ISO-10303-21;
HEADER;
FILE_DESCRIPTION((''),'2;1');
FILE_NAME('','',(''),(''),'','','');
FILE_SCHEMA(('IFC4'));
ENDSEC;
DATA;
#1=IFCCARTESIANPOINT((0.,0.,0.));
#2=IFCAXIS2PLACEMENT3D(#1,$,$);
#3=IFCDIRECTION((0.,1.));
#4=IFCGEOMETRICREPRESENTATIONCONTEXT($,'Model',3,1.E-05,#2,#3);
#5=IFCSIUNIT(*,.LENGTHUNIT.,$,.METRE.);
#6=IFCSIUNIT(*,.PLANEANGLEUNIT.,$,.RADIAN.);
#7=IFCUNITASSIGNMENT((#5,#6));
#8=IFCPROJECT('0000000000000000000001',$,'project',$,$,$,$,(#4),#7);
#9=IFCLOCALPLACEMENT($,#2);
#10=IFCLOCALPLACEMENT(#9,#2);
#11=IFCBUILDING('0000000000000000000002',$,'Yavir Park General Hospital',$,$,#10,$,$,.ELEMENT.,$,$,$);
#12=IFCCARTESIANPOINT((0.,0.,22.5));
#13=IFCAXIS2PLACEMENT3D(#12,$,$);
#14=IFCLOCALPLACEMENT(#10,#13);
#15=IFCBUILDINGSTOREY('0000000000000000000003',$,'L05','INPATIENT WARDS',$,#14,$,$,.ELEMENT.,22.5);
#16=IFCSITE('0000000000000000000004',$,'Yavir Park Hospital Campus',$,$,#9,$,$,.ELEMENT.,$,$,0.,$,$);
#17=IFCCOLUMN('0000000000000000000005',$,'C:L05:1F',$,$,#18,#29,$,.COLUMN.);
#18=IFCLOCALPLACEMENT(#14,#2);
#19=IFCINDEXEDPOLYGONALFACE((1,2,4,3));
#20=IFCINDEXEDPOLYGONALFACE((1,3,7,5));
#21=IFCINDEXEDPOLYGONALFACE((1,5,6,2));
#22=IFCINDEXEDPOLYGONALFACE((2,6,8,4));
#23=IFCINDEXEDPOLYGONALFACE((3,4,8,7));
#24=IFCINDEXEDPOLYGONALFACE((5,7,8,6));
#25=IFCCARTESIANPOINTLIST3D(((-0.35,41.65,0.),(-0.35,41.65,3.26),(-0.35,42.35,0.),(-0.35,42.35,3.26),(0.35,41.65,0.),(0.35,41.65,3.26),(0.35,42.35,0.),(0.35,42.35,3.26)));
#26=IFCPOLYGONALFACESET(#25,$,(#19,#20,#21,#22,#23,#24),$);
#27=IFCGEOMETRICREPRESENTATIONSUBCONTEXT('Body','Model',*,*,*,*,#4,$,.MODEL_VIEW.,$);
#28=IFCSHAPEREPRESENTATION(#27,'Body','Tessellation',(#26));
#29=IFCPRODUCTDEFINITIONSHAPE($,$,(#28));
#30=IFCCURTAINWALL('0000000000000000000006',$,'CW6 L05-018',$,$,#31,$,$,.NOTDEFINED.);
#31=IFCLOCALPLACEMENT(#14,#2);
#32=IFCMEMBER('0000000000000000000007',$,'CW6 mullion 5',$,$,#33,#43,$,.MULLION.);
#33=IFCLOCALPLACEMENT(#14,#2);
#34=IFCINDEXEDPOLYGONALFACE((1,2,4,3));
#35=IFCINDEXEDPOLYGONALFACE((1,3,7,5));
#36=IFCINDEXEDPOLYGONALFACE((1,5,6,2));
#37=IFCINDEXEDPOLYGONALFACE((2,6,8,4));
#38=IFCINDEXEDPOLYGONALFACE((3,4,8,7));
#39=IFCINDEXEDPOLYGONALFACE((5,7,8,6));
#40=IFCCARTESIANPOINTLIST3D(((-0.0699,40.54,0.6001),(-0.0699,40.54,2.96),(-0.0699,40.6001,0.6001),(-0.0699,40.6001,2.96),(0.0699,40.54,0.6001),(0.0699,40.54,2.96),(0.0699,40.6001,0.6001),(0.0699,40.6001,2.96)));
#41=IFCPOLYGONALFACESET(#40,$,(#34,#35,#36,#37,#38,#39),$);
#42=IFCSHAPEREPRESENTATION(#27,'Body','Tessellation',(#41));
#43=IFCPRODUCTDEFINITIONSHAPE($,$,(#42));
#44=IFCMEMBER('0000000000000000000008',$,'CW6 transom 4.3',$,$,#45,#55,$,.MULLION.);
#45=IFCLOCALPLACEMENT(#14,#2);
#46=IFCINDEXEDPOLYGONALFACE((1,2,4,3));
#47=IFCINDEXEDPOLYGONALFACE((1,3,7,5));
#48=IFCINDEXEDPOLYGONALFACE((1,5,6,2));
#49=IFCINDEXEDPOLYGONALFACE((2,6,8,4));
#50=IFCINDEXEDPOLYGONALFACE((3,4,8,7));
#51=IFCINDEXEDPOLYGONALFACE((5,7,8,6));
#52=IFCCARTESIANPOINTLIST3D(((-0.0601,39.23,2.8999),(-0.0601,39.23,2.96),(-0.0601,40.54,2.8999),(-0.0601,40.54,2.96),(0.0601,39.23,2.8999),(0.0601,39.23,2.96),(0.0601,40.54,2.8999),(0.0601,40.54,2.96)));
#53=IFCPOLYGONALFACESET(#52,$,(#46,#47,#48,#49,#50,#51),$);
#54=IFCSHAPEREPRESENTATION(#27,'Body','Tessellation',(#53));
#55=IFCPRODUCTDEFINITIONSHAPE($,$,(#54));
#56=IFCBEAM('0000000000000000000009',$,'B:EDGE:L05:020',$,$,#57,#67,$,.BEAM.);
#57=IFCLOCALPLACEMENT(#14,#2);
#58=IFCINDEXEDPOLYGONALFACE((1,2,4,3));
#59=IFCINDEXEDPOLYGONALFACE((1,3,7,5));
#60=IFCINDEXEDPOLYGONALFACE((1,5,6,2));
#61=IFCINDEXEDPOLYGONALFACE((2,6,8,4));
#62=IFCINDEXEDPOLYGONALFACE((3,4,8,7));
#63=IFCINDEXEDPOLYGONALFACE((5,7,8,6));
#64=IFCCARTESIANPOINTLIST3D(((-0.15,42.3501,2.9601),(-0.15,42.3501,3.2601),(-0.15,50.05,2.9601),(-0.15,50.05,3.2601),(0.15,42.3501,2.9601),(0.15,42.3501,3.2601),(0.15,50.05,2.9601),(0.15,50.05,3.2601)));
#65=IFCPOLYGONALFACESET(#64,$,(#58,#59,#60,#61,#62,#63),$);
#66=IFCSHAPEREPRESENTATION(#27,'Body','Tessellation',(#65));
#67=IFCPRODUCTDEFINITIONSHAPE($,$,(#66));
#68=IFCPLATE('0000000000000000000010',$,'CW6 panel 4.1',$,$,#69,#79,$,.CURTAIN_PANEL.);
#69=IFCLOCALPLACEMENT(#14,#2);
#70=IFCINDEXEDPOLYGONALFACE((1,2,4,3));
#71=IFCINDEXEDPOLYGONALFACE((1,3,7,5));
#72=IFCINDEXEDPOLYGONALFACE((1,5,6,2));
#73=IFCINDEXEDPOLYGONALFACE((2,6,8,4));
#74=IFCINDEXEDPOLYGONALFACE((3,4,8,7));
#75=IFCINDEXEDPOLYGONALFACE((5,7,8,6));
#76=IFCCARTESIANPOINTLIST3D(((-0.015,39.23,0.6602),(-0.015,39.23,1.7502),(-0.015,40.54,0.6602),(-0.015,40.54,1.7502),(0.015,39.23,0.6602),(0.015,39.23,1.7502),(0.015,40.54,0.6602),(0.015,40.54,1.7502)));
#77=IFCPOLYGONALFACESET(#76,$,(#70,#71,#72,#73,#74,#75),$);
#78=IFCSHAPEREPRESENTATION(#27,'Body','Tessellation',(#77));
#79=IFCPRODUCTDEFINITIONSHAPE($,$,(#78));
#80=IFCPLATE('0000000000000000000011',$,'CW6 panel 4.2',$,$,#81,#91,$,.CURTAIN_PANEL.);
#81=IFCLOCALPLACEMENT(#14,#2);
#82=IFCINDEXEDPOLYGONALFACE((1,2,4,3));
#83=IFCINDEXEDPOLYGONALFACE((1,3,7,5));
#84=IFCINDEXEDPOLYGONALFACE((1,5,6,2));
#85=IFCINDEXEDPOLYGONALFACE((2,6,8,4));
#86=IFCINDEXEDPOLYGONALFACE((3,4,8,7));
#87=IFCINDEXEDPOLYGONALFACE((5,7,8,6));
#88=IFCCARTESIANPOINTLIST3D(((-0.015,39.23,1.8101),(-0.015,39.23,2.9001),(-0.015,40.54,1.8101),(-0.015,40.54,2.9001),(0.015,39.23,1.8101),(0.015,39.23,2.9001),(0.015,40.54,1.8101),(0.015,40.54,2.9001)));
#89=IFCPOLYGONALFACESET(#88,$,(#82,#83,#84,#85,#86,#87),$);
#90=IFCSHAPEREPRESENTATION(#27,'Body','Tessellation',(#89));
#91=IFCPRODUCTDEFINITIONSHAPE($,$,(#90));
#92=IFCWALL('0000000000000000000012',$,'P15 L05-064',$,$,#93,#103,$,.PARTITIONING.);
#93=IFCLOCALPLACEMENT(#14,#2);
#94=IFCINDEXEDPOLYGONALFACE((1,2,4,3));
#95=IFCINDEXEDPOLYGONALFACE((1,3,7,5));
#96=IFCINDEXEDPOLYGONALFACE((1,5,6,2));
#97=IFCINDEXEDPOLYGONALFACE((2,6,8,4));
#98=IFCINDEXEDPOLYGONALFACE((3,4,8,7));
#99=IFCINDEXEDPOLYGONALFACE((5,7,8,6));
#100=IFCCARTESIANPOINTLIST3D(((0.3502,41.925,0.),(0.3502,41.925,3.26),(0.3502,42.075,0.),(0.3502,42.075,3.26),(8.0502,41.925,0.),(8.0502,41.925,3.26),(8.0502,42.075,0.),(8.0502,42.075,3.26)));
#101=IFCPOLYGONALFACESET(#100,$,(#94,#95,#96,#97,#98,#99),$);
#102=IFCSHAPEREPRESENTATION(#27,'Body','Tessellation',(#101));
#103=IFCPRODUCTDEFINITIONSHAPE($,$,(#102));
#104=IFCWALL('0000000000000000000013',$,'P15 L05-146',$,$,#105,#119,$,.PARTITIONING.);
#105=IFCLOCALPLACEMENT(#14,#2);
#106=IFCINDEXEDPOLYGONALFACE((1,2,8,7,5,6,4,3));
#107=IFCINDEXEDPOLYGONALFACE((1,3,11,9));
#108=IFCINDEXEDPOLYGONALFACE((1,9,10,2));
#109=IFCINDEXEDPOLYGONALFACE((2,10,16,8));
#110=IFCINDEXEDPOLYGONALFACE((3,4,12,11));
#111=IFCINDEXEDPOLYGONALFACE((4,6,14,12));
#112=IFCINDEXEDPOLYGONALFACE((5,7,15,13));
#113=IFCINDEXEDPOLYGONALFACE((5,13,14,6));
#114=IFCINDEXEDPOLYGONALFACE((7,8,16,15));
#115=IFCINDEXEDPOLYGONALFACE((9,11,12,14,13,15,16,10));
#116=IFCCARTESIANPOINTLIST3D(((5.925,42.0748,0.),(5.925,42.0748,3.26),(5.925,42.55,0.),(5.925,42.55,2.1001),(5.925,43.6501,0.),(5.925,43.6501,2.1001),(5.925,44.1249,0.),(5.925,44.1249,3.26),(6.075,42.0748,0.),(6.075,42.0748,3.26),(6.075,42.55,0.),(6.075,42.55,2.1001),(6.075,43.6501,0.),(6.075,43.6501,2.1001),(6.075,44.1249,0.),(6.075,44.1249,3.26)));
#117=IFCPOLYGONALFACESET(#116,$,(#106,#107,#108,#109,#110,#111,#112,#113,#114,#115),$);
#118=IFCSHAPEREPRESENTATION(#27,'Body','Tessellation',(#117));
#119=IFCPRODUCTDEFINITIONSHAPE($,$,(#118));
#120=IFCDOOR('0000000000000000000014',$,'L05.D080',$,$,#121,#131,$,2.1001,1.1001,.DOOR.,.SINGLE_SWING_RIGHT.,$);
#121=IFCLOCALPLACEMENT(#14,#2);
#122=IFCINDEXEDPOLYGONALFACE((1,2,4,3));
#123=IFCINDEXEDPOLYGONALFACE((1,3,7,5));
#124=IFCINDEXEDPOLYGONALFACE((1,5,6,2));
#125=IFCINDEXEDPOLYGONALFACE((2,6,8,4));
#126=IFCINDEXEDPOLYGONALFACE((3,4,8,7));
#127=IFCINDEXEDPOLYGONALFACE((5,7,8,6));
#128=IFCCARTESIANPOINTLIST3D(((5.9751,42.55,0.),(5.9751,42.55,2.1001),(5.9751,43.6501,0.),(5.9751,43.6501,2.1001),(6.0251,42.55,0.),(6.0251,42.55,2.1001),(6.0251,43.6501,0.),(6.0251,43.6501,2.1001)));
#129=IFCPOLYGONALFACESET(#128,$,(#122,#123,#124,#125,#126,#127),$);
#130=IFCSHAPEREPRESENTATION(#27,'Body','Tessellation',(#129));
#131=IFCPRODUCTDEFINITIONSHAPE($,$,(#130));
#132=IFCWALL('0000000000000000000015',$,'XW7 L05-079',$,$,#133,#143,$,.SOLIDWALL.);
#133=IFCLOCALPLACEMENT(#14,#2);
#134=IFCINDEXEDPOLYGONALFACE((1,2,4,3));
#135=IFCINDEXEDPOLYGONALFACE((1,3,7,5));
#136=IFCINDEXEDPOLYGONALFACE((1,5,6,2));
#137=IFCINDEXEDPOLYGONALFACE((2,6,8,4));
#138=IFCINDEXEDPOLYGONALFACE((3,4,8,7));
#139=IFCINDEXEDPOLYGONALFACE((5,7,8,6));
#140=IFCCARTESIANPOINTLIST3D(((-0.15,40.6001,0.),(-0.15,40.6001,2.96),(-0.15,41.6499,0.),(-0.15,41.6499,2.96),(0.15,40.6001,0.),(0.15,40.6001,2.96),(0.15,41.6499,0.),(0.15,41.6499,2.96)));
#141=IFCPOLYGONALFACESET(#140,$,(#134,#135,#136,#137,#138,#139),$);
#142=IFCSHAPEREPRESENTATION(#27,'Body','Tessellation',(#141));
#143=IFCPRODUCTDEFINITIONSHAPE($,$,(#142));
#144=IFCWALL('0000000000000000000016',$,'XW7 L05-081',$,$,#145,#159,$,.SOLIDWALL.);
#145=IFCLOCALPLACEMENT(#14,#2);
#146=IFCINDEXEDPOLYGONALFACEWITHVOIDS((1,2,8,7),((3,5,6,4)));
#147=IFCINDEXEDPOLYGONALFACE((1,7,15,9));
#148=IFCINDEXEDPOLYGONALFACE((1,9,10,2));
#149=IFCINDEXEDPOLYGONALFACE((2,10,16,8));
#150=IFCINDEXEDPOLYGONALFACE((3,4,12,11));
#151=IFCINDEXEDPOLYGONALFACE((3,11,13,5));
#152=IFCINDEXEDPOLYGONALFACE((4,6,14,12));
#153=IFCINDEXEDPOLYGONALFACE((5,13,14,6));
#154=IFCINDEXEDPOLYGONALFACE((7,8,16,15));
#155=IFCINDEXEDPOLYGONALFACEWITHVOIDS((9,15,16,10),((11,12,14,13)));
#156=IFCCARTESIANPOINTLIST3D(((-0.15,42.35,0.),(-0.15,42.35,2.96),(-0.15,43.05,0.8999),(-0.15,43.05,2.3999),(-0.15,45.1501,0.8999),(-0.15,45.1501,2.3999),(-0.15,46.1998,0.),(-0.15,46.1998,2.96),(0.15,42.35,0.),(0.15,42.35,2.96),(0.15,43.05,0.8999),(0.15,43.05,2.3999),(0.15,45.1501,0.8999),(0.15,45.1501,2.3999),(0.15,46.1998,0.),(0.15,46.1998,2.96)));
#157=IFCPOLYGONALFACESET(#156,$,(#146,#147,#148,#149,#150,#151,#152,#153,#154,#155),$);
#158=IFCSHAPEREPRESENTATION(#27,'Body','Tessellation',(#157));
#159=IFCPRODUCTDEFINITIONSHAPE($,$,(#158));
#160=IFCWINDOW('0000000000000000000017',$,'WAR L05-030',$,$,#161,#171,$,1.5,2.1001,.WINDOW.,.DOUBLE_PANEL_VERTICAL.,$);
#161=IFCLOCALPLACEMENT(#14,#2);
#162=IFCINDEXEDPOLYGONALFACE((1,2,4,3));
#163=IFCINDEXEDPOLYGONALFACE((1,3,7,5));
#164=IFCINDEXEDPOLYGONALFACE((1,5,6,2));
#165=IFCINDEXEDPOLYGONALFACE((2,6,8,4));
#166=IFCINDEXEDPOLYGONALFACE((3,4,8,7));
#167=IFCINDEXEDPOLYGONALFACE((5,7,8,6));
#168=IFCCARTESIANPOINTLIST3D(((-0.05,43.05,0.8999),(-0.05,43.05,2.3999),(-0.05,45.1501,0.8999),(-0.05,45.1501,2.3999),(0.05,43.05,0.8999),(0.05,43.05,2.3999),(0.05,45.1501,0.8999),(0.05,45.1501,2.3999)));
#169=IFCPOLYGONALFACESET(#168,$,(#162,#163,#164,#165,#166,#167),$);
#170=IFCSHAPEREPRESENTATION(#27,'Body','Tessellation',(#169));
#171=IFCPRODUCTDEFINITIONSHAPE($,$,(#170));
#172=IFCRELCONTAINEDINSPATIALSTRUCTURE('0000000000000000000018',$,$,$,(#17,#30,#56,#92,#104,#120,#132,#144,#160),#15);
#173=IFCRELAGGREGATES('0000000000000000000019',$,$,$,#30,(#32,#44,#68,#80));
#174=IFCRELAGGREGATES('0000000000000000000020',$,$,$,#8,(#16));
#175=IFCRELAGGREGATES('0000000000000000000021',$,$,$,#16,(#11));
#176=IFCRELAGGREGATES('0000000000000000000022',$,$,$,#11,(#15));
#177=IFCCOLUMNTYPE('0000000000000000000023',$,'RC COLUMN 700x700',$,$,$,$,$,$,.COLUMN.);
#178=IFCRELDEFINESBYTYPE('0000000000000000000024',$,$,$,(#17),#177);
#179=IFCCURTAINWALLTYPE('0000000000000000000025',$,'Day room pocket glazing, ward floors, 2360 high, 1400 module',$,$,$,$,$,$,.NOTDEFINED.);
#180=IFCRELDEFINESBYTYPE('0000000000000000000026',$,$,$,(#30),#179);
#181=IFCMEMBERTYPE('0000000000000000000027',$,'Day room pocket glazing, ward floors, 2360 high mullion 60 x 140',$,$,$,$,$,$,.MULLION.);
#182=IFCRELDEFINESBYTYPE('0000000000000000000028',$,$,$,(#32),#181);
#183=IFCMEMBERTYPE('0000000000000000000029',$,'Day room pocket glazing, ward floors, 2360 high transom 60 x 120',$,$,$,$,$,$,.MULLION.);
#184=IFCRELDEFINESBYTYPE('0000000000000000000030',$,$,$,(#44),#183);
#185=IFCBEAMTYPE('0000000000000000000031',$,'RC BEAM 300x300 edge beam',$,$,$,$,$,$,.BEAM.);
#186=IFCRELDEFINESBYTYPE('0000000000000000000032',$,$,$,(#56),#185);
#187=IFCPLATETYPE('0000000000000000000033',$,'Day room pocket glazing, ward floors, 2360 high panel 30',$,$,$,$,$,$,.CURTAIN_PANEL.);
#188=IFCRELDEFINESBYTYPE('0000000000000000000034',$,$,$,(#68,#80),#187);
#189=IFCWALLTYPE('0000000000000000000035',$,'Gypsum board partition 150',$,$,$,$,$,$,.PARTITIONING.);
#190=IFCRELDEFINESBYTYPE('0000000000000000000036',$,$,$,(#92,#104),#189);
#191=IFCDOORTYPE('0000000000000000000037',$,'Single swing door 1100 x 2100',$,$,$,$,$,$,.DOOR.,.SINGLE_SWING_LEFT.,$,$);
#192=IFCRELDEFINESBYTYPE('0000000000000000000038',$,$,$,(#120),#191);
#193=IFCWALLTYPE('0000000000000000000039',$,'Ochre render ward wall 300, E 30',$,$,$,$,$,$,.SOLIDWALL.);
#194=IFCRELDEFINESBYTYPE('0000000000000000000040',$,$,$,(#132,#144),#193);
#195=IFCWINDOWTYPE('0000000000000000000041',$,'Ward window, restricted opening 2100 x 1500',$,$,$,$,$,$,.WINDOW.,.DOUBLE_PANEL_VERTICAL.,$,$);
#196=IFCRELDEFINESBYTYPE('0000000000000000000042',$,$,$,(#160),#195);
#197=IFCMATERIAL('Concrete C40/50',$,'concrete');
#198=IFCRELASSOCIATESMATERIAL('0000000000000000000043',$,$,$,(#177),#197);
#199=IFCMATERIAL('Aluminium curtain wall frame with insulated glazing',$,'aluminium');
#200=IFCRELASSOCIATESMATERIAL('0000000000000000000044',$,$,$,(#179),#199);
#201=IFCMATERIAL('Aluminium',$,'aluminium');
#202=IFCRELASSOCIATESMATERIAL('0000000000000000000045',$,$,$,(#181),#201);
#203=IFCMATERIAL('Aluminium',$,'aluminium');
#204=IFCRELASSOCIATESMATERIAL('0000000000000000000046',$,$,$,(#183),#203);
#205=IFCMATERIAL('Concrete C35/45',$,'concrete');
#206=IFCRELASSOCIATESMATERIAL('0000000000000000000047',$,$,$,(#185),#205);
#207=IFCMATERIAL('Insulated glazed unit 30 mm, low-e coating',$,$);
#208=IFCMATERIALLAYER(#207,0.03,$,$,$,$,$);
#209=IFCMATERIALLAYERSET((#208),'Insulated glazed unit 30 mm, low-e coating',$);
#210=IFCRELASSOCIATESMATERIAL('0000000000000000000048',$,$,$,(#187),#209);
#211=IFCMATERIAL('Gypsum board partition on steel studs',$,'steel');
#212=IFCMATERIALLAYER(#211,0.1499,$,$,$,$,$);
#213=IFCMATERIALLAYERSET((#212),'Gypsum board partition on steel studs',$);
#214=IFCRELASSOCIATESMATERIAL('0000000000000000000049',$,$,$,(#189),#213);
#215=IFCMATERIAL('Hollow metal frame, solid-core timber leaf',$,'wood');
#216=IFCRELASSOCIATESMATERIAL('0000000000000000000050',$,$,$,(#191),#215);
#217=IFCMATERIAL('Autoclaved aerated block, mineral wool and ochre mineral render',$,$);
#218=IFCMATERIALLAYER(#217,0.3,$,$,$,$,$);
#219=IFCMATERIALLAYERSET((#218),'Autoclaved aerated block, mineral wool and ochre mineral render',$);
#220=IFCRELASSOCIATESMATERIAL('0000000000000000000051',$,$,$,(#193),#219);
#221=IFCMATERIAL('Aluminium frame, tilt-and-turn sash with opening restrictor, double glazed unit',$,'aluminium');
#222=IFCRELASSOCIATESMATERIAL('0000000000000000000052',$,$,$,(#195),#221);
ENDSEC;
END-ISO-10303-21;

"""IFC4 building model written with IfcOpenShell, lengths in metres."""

from ifc_helpers import new_model, si_unit, direction, frame, frame_2d, origin, origin_2d, place, context, subcontext, project, spatial, rectangle, extrude, material, layer, layer_set, material_profile, profile_set, type_object, element, fill, aggregate, save


model = new_model("IFC4")

# Units and contexts
model_context = context("Model", 3, precision=1e-05, world=origin(), true_north=direction((0.0, 1.0)))
body_context = subcontext(model_context, "Body", "Model", "MODEL_VIEW")
ifc_project = project(units=[si_unit("LENGTHUNIT", "METRE"), si_unit("PLANEANGLEUNIT", "RADIAN")], contexts=[model_context])

# Site, building, storey
site_placement = place(None, origin())
site = spatial("IfcSite", under=ifc_project, at=site_placement, Name="Yavir Park Hospital Campus", CompositionType="ELEMENT", RefElevation=0.0)
building_placement = place(site_placement, origin())
building = spatial("IfcBuilding", under=site, at=building_placement, Name="Yavir Park General Hospital", CompositionType="ELEMENT")
storey_placement = place(building_placement, frame((0.0, 0.0, 22.5)))
storey = spatial("IfcBuildingStorey", under=building, at=storey_placement, Name="L05", Description="INPATIENT WARDS", CompositionType="ELEMENT", Elevation=22.5)

# Column
ifc_material_1 = material(Name="Concrete C40/50", Category="concrete")
ifc_material_profile_1 = material_profile(ifc_material_1, rectangle(XDim=0.7, YDim=0.7, at=origin_2d()), Name="RC700x700")
ifc_profile_set_1 = profile_set([ifc_material_profile_1], Name="Concrete C40/50")
column_type = type_object("IfcColumnType", Name="RC COLUMN 700x700", PredefinedType="COLUMN", material=ifc_profile_set_1)
column_placement = place(storey_placement, frame((0.0, 42.0, 0.0), z_axis=(0.0, 0.0, 1.0), x_axis=(1.0, 0.0, 0.0)))
element("IfcColumn", 1, at=column_placement, inside=storey, type_object=column_type, Name="C:L05:1F", PredefinedType="COLUMN", context=body_context, shape_type="SweptSolid", body=[
    extrude(rectangle(XDim=0.7, YDim=0.7, at=origin_2d()), origin(), (0.0, 0.0, 1.0), 3.26),
])

# Curtain wall, members
ifc_material_2 = material(Name="Aluminium curtain wall frame with insulated glazing", Category="aluminium")
curtain_wall_type = type_object("IfcCurtainWallType", Name="Day room pocket glazing, ward floors, 2360 high, 1400 module", PredefinedType="NOTDEFINED", material=ifc_material_2)
curtain_wall_placement = place(storey_placement, origin())
curtain_wall = element("IfcCurtainWall", 2, at=curtain_wall_placement, inside=storey, type_object=curtain_wall_type, Name="CW6 L05-018", PredefinedType="NOTDEFINED")
ifc_material_3 = material(Name="Aluminium", Category="aluminium")
ifc_material_profile_2 = material_profile(ifc_material_3, rectangle(XDim=0.1399, YDim=0.0601, at=origin_2d()), Name="AL 60x140")
ifc_profile_set_2 = profile_set([ifc_material_profile_2], Name="Aluminium")
member_type_1 = type_object("IfcMemberType", Name="Day room pocket glazing, ward floors, 2360 high mullion 60 x 140", PredefinedType="MULLION", material=ifc_profile_set_2)
member_1_placement = place(storey_placement, frame((0.0, 40.5701, 0.6001), z_axis=(0.0, 0.0, 1.0), x_axis=(-1.0, 0.0, 0.0)))
member_1 = element("IfcMember", 3, at=member_1_placement, type_object=member_type_1, Name="CW6 mullion 5", PredefinedType="MULLION", context=body_context, shape_type="SweptSolid", body=[
    extrude(rectangle(XDim=0.1399, YDim=0.0601, at=origin_2d()), origin(), (0.0, 0.0, 1.0), 2.3599),
])
ifc_material_4 = material(Name="Aluminium", Category="aluminium")
ifc_material_profile_3 = material_profile(ifc_material_4, rectangle(XDim=0.1201, YDim=0.0601, at=origin_2d()), Name="AL 120x60")
ifc_profile_set_3 = profile_set([ifc_material_profile_3], Name="Aluminium")
member_type_2 = type_object("IfcMemberType", Name="Day room pocket glazing, ward floors, 2360 high transom 60 x 120", PredefinedType="MULLION", material=ifc_profile_set_3)
member_2_placement = place(storey_placement, frame((0.0, 39.23, 2.9299), z_axis=(0.0, 1.0, 0.0), x_axis=(-1.0, 0.0, 0.0)))
member_2 = element("IfcMember", 4, at=member_2_placement, type_object=member_type_2, Name="CW6 transom 4.3", PredefinedType="MULLION", context=body_context, shape_type="SweptSolid", body=[
    extrude(rectangle(XDim=0.1201, YDim=0.0601, at=origin_2d()), origin(), (0.0, 0.0, 1.0), 1.3101),
])

# Beam
ifc_material_5 = material(Name="Concrete C35/45", Category="concrete")
ifc_material_profile_4 = material_profile(ifc_material_5, rectangle(XDim=0.3, YDim=0.3, at=origin_2d()), Name="RC300x300")
ifc_profile_set_4 = profile_set([ifc_material_profile_4], Name="Concrete C35/45")
beam_type = type_object("IfcBeamType", Name="RC BEAM 300x300 edge beam", PredefinedType="BEAM", material=ifc_profile_set_4)
beam_placement = place(storey_placement, frame((0.0, 42.3501, 3.1101), z_axis=(0.0, 1.0, 0.0), x_axis=(-1.0, 0.0, 0.0)))
element("IfcBeam", 5, at=beam_placement, inside=storey, type_object=beam_type, Name="B:EDGE:L05:020", PredefinedType="BEAM", context=body_context, shape_type="SweptSolid", body=[
    extrude(rectangle(XDim=0.3, YDim=0.3, at=origin_2d()), origin(), (0.0, 0.0, 1.0), 7.7),
])

# Plates
ifc_material_6 = material(Name="Insulated glazed unit 30 mm, low-e coating")
ifc_layer_1 = layer(ifc_material_6, 0.03)
ifc_layer_set_1 = layer_set([ifc_layer_1], Name="Insulated glazed unit 30 mm, low-e coating")
plate_type = type_object("IfcPlateType", Name="Day room pocket glazing, ward floors, 2360 high panel 30", PredefinedType="CURTAIN_PANEL", material=ifc_layer_set_1)
plate_1_placement = place(storey_placement, frame((0.0, 39.885, 0.6602), z_axis=(0.0, 0.0, 1.0), x_axis=(0.0, 1.0, 0.0)))
plate_1 = element("IfcPlate", 6, at=plate_1_placement, type_object=plate_type, Name="CW6 panel 4.1", PredefinedType="CURTAIN_PANEL", context=body_context, shape_type="SweptSolid", body=[
    extrude(rectangle(XDim=1.3101, YDim=0.03, at=origin_2d()), origin(), (0.0, 0.0, 1.0), 1.0901),
])
plate_2_placement = place(storey_placement, frame((0.0, 39.885, 1.8101), z_axis=(0.0, 0.0, 1.0), x_axis=(0.0, 1.0, 0.0)))
plate_2 = element("IfcPlate", 7, at=plate_2_placement, type_object=plate_type, Name="CW6 panel 4.2", PredefinedType="CURTAIN_PANEL", context=body_context, shape_type="SweptSolid", body=[
    extrude(rectangle(XDim=1.3101, YDim=0.03, at=origin_2d()), origin(), (0.0, 0.0, 1.0), 1.0901),
])
aggregate(curtain_wall, [member_1, member_2, plate_1, plate_2])

# Wall
ifc_material_7 = material(Name="Gypsum board partition on steel studs", Category="steel")
ifc_layer_2 = layer(ifc_material_7, 0.1499)
ifc_layer_set_2 = layer_set([ifc_layer_2], Name="Gypsum board partition on steel studs")
wall_type_1 = type_object("IfcWallType", Name="Gypsum board partition 150", PredefinedType="PARTITIONING", material=ifc_layer_set_2)
wall_1_placement = place(storey_placement, frame((0.3501, 42.0, 0.0), z_axis=(0.0, 0.0, 1.0), x_axis=(1.0, 0.0, 0.0)))
element("IfcWall", 8, at=wall_1_placement, inside=storey, type_object=wall_type_1, Name="P15 L05-064", PredefinedType="PARTITIONING", context=body_context, shape_type="SweptSolid", body=[
    extrude(rectangle(XDim=7.7, YDim=0.1499, at=frame_2d((3.8501, 0.0))), origin(), (0.0, 0.0, 1.0), 3.26),
])

# Wall, opening, door
wall_2_placement = place(storey_placement, frame((6.0, 42.075, 0.0), z_axis=(0.0, 0.0, 1.0), x_axis=(0.0, 1.0, 0.0)))
wall_2 = element("IfcWall", 9, at=wall_2_placement, inside=storey, type_object=wall_type_1, Name="P15 L05-146", PredefinedType="PARTITIONING", context=body_context, shape_type="SweptSolid", body=[
    extrude(rectangle(XDim=2.05, YDim=0.1499, at=frame_2d((1.0249, 0.0))), origin(), (0.0, 0.0, 1.0), 3.26),
])
opening_1_placement = place(wall_2_placement, frame((0.4751, 0.0, 0.0)))
opening_1 = element("IfcOpeningElement", 10, at=opening_1_placement, cuts=wall_2, PredefinedType="OPENING", context=body_context, shape_type="SweptSolid", body=[
    extrude(rectangle(XDim=1.1001, YDim=2.1001, at=frame_2d((0.55, 1.05))), frame((0.0, 0.085, 0.0), z_axis=(0.0, -1.0, 0.0), x_axis=(1.0, 0.0, 0.0)), (0.0, 0.0, 1.0), 0.1699),
])
ifc_material_8 = material(Name="Hollow metal frame, solid-core timber leaf", Category="wood")
door_type = type_object("IfcDoorType", Name="Single swing door 1100 x 2100", OperationType="SINGLE_SWING_LEFT", PredefinedType="DOOR", material=ifc_material_8)
door_placement = place(opening_1_placement, origin())
door = element("IfcDoor", 11, at=door_placement, inside=storey, type_object=door_type, Name="L05.D080", OperationType="SINGLE_SWING_RIGHT", OverallHeight=2.1001, OverallWidth=1.1001, PredefinedType="DOOR", context=body_context, shape_type="SweptSolid", body=[
    extrude(rectangle(XDim=1.1001, YDim=2.1001, at=frame_2d((0.55, 1.05))), frame((0.0, 0.0249, 0.0), z_axis=(0.0, -1.0, 0.0), x_axis=(1.0, 0.0, 0.0)), (0.0, 0.0, 1.0), 0.05),
])
fill(opening_1, door)

# Wall
ifc_material_9 = material(Name="Autoclaved aerated block, mineral wool and ochre mineral render")
ifc_layer_3 = layer(ifc_material_9, 0.3)
ifc_layer_set_3 = layer_set([ifc_layer_3], Name="Autoclaved aerated block, mineral wool and ochre mineral render")
wall_type_2 = type_object("IfcWallType", Name="Ochre render ward wall 300, E 30", PredefinedType="SOLIDWALL", material=ifc_layer_set_3)
wall_3_placement = place(storey_placement, frame((0.0, 40.6001, 0.0), z_axis=(0.0, 0.0, 1.0), x_axis=(0.0, 1.0, 0.0)))
element("IfcWall", 12, at=wall_3_placement, inside=storey, type_object=wall_type_2, Name="XW7 L05-079", PredefinedType="SOLIDWALL", context=body_context, shape_type="SweptSolid", body=[
    extrude(rectangle(XDim=1.0498, YDim=0.3, at=frame_2d((0.5249, 0.0))), origin(), (0.0, 0.0, 1.0), 2.96),
])

# Wall, opening, window
wall_4_placement = place(storey_placement, frame((0.0, 42.3501, 0.0), z_axis=(0.0, 0.0, 1.0), x_axis=(0.0, 1.0, 0.0)))
wall_4 = element("IfcWall", 13, at=wall_4_placement, inside=storey, type_object=wall_type_2, Name="XW7 L05-081", PredefinedType="SOLIDWALL", context=body_context, shape_type="SweptSolid", body=[
    extrude(rectangle(XDim=3.8499, YDim=0.3, at=frame_2d((1.9248, 0.0))), origin(), (0.0, 0.0, 1.0), 2.96),
])
opening_2_placement = place(wall_4_placement, frame((0.7, 0.0, 0.8999)))
opening_2 = element("IfcOpeningElement", 14, at=opening_2_placement, cuts=wall_4, PredefinedType="OPENING", context=body_context, shape_type="SweptSolid", body=[
    extrude(rectangle(XDim=2.1001, YDim=1.5, at=frame_2d((1.05, 0.75))), frame((0.0, 0.1599, 0.0), z_axis=(0.0, -1.0, 0.0), x_axis=(1.0, 0.0, 0.0)), (0.0, 0.0, 1.0), 0.3201),
])
ifc_material_10 = material(Name="Aluminium frame, tilt-and-turn sash with opening restrictor, double glazed unit", Category="aluminium")
window_type = type_object("IfcWindowType", Name="Ward window, restricted opening 2100 x 1500", PartitioningType="DOUBLE_PANEL_VERTICAL", PredefinedType="WINDOW", material=ifc_material_10)
window_placement = place(opening_2_placement, origin())
window = element("IfcWindow", 15, at=window_placement, inside=storey, type_object=window_type, Name="WAR L05-030", OverallHeight=1.5, OverallWidth=2.1001, PartitioningType="DOUBLE_PANEL_VERTICAL", PredefinedType="WINDOW", context=body_context, shape_type="SweptSolid", body=[
    extrude(rectangle(XDim=2.1001, YDim=1.5, at=frame_2d((1.05, 0.75))), frame((0.0, 0.05, 0.0), z_axis=(0.0, -1.0, 0.0), x_axis=(1.0, 0.0, 0.0)), (0.0, 0.0, 1.0), 0.1001),
])
fill(opening_2, window)

save(model, "model.ifc")
